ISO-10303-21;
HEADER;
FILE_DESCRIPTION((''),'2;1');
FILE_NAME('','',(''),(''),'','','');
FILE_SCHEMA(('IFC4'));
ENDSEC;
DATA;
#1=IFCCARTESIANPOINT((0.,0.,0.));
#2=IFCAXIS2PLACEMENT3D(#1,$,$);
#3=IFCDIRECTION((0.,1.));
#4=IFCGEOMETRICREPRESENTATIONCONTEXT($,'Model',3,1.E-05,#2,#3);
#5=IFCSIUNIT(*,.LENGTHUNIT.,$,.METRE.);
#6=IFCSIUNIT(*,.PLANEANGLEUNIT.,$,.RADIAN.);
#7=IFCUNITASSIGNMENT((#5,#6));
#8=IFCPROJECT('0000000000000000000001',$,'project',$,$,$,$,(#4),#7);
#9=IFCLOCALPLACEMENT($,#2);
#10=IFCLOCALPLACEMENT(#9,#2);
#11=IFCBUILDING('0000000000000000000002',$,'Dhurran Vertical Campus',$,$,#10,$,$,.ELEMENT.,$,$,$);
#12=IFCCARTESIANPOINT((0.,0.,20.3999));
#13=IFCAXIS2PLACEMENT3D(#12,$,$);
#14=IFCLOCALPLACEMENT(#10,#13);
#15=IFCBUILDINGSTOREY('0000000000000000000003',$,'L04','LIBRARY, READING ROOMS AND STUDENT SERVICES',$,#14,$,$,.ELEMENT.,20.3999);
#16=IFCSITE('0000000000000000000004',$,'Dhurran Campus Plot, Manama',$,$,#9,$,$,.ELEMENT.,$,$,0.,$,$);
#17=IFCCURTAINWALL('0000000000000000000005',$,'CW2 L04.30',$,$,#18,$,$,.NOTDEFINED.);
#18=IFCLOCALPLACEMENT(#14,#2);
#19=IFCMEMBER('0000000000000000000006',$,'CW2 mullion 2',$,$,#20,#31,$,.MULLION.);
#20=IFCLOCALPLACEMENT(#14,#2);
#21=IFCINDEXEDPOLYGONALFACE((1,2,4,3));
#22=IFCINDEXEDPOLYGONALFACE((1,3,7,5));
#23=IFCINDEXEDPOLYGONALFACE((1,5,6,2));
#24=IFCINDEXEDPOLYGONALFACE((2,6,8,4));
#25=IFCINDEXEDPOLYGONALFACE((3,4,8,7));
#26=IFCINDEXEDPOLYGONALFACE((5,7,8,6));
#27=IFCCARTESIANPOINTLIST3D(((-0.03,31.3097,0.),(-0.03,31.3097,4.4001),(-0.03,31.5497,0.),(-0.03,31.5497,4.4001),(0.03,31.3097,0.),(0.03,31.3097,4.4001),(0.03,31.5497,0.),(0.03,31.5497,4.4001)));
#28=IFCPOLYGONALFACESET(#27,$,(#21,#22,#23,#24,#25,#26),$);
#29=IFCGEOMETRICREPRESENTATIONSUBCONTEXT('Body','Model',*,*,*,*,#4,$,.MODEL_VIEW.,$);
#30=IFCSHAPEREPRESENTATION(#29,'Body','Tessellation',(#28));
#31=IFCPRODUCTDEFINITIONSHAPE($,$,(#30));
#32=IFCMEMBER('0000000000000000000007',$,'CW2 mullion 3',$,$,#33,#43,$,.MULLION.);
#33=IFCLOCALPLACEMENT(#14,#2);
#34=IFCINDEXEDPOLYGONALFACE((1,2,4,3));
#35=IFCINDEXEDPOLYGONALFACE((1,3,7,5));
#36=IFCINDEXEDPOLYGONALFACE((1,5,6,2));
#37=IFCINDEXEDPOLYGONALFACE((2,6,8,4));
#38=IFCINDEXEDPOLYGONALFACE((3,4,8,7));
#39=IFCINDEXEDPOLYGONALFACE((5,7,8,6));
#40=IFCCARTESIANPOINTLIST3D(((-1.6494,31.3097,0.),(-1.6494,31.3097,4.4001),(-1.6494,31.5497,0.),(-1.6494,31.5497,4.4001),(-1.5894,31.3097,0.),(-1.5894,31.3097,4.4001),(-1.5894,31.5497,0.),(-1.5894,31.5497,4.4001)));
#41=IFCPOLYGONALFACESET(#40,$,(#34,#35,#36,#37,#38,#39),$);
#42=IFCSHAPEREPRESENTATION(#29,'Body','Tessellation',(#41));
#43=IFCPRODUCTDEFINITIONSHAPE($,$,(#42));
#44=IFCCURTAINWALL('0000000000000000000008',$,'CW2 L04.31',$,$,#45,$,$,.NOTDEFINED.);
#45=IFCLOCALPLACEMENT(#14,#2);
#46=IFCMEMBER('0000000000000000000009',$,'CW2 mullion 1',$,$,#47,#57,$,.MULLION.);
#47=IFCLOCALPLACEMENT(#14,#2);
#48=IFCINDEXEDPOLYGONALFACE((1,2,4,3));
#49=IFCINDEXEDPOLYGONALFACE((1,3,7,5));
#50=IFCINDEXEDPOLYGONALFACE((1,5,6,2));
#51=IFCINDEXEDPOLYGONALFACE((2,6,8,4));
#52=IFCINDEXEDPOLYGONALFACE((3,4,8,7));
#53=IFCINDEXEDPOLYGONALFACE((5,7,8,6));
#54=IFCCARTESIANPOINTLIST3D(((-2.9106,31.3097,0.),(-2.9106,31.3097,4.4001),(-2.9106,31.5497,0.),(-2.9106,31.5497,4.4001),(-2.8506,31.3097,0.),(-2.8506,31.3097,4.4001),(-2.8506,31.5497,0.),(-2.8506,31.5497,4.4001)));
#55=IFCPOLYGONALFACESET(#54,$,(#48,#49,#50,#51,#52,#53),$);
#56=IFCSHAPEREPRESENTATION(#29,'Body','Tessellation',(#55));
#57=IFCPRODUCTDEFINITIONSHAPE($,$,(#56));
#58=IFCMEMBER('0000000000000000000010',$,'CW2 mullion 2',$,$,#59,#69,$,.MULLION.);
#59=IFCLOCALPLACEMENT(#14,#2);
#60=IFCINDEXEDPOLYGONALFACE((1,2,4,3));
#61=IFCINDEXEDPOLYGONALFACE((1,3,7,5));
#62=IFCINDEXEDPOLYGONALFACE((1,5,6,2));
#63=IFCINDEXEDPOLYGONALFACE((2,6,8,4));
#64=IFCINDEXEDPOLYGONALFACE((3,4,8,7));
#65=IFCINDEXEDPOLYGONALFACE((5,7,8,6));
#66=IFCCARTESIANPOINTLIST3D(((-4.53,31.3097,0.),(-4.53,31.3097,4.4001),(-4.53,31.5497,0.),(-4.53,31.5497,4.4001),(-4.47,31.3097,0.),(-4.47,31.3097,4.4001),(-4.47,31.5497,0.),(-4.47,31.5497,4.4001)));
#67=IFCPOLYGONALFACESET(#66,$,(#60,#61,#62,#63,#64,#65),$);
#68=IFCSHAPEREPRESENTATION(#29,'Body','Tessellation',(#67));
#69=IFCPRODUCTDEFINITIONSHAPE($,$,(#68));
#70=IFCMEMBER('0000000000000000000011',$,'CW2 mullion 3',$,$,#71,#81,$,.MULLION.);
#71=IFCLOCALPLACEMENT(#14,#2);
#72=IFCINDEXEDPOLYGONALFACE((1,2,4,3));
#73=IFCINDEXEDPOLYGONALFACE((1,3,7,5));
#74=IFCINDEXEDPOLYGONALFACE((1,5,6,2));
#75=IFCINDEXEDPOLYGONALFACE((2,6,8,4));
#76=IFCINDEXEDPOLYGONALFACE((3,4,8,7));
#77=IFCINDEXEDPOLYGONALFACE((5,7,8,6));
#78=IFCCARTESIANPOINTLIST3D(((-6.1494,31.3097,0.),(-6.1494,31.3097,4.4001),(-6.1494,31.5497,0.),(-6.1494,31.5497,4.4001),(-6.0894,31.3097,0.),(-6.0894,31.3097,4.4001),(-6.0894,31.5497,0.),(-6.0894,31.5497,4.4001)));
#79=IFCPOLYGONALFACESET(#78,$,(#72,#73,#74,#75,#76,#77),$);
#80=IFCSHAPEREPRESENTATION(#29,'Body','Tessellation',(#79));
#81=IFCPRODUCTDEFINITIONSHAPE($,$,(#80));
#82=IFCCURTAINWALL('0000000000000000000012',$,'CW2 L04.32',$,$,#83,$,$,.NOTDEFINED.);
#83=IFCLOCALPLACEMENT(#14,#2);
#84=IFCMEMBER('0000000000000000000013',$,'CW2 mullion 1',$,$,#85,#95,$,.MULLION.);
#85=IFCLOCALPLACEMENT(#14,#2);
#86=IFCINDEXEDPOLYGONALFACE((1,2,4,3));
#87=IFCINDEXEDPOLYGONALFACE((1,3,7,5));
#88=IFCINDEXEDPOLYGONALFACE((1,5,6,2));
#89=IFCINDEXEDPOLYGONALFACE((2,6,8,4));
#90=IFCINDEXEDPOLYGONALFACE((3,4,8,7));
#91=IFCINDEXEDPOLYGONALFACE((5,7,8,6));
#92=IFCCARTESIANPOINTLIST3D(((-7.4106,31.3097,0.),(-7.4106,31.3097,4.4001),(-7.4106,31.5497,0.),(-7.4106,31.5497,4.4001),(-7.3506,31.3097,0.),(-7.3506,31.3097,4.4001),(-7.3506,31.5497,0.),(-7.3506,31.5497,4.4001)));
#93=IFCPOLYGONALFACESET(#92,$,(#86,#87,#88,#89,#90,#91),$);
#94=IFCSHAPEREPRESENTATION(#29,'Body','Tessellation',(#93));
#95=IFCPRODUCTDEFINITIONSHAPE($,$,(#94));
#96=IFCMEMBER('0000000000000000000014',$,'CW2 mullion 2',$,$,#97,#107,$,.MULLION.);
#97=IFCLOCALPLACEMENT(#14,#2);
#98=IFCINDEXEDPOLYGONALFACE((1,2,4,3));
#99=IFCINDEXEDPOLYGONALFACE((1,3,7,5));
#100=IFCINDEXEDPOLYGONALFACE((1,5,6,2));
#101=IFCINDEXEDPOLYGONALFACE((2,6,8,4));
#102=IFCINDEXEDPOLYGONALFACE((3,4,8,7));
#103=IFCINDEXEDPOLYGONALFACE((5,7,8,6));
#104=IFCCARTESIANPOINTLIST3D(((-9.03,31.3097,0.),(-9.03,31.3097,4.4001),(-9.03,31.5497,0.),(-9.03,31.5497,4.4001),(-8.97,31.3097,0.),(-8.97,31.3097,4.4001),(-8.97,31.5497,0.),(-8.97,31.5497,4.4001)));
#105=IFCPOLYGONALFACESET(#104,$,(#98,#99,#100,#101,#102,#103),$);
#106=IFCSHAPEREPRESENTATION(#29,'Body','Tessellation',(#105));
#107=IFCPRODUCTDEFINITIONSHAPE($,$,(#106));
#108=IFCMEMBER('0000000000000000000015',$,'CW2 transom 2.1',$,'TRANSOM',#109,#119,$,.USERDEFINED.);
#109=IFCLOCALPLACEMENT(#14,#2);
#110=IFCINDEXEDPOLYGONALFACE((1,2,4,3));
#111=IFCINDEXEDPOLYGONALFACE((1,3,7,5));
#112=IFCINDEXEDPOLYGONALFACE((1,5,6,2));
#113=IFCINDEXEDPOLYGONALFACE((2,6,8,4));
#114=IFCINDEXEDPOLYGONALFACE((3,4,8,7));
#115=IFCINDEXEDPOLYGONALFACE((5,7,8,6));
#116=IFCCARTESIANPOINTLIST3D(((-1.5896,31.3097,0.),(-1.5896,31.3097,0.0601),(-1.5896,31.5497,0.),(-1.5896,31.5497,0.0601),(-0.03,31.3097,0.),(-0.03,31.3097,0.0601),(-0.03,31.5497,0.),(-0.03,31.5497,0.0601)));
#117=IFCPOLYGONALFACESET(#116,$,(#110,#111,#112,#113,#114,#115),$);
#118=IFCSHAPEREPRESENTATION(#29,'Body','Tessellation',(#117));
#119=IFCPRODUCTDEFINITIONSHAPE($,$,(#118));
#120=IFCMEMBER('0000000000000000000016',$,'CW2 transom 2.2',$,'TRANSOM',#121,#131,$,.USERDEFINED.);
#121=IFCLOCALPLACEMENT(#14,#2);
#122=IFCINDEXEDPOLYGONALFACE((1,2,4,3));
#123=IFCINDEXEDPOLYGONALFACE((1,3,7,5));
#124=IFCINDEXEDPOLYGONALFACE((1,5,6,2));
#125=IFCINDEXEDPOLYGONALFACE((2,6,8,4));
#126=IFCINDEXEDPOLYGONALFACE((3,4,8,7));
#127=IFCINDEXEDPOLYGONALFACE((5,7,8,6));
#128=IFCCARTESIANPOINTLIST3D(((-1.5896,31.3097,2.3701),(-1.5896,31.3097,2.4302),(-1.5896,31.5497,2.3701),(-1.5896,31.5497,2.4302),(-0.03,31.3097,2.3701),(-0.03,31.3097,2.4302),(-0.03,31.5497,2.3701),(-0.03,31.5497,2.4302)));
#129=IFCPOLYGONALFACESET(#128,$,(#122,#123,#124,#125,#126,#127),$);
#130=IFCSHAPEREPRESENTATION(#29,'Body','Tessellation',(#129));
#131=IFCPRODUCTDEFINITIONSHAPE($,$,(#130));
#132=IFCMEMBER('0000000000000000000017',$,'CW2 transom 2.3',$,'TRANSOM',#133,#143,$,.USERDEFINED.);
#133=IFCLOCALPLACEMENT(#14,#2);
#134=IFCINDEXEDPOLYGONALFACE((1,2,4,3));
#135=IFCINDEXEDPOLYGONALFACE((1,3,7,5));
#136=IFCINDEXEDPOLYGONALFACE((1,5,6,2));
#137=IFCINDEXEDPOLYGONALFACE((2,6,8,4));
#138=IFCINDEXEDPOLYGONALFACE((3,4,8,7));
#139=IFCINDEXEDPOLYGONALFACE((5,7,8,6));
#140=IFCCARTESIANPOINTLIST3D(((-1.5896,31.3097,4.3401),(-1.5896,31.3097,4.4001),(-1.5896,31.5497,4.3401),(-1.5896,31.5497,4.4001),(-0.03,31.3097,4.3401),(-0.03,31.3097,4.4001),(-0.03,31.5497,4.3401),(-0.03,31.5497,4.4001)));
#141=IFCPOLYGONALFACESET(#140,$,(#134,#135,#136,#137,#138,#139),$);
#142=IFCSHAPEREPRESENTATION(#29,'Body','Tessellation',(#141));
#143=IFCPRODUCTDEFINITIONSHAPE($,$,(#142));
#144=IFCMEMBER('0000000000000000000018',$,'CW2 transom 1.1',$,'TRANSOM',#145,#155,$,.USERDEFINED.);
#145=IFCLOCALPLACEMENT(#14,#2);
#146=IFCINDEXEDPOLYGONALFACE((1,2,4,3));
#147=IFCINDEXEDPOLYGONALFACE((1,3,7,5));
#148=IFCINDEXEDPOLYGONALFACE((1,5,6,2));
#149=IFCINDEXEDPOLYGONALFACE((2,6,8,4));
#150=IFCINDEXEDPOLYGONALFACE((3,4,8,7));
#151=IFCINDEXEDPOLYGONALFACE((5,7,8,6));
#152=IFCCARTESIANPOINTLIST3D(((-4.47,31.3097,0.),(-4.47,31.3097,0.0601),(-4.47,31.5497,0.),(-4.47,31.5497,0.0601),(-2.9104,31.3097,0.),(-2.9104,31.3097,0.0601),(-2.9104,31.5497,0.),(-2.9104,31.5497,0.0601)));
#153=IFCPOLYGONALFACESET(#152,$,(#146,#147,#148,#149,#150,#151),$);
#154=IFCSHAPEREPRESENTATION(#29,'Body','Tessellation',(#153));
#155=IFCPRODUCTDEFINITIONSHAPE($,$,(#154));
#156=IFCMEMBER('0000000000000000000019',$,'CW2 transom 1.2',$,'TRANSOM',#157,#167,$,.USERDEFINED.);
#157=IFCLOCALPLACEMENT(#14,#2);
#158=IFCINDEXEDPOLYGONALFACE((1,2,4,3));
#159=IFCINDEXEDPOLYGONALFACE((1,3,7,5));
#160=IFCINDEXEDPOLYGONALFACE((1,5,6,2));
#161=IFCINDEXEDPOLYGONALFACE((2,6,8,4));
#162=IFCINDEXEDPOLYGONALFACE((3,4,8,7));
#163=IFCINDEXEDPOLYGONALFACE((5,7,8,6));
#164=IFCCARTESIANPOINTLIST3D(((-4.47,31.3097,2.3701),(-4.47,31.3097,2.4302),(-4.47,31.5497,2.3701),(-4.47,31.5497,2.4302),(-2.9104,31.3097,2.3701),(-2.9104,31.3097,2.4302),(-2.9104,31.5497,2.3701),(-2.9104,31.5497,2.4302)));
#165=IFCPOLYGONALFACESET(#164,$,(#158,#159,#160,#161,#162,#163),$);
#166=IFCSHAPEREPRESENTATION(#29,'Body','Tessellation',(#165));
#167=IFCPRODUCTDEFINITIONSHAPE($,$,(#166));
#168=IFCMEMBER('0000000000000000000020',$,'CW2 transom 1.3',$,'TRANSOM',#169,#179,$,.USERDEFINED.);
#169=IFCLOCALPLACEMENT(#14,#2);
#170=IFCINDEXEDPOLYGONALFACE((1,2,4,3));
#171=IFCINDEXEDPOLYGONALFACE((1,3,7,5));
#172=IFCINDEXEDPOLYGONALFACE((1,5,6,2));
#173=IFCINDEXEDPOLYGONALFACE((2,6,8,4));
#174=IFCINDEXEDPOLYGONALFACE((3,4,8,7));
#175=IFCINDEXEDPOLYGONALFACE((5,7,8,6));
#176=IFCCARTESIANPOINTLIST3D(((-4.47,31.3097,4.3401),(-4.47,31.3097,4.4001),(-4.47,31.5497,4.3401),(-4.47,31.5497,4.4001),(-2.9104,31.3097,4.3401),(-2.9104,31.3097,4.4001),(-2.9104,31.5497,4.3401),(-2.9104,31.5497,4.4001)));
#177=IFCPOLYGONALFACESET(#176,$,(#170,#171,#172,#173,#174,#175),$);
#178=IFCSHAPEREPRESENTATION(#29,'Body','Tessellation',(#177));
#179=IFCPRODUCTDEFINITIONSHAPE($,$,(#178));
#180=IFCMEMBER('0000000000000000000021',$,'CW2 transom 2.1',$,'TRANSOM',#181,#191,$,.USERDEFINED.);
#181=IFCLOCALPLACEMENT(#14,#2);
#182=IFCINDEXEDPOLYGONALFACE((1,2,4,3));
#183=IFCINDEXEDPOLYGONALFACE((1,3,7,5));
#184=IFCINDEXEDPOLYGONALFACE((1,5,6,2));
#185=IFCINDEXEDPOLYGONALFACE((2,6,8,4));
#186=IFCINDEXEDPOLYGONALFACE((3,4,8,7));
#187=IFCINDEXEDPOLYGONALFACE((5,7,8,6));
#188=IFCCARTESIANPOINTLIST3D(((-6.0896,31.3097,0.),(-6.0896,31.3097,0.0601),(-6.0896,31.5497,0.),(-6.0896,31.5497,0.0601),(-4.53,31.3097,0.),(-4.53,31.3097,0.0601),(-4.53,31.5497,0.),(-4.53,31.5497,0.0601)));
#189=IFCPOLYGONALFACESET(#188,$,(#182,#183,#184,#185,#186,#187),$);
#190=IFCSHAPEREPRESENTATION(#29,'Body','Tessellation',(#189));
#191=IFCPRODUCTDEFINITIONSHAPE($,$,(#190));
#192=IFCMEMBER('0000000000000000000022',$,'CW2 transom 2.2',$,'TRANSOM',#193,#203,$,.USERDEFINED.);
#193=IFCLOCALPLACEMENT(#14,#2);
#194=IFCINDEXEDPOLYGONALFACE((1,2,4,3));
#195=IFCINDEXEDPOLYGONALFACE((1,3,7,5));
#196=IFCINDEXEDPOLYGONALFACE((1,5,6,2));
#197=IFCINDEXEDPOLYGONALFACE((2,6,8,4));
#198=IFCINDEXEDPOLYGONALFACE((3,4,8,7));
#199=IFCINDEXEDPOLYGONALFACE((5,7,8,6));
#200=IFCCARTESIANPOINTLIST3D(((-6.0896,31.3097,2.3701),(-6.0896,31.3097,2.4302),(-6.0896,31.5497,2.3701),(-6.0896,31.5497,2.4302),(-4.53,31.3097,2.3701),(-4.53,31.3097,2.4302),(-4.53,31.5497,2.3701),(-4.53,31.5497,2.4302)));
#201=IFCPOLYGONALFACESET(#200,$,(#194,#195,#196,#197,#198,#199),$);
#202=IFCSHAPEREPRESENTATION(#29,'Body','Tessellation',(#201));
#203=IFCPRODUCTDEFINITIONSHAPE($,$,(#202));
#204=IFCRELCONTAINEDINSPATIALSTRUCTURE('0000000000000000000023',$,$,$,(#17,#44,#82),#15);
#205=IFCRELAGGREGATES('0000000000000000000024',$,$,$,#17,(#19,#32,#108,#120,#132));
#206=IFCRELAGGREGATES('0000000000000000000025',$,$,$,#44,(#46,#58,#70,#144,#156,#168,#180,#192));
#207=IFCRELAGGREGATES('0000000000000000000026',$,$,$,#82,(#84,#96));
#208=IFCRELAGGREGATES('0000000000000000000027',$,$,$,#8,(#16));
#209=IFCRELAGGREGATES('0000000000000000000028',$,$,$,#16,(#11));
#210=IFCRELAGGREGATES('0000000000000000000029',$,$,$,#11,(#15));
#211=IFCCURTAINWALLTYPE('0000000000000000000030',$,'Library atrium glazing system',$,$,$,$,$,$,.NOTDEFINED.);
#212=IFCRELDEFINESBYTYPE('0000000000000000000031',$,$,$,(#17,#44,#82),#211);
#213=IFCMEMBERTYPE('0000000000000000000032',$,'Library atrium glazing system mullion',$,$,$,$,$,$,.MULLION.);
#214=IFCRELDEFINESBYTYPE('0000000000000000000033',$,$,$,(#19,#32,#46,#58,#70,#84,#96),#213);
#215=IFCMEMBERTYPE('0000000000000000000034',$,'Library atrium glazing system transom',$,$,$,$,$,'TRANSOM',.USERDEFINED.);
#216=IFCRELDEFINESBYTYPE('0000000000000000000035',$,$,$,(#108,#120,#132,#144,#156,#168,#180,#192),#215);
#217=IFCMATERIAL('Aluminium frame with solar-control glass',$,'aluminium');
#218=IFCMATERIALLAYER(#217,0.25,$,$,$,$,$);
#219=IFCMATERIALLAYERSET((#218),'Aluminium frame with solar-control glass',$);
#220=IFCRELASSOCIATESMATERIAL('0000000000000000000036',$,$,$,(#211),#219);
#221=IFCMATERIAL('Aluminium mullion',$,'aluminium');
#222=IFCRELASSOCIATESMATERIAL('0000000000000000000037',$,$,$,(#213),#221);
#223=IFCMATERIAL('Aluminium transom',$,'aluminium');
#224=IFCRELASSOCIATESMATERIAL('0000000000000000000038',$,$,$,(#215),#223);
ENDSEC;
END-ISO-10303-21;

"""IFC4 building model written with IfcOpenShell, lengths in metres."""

from ifc_helpers import new_model, si_unit, direction, frame, origin, origin_2d, place, context, subcontext, project, spatial, rectangle, extrude, material, layer, layer_set, material_profile, profile_set, type_object, element, aggregate, save


model = new_model("IFC4")

# Units and contexts
model_context = context("Model", 3, precision=1e-05, world=origin(), true_north=direction((0.0, 1.0)))
body_context = subcontext(model_context, "Body", "Model", "MODEL_VIEW")
ifc_project = project(units=[si_unit("LENGTHUNIT", "METRE"), si_unit("PLANEANGLEUNIT", "RADIAN")], contexts=[model_context])

# Site, building, storey
site_placement = place(None, origin())
site = spatial("IfcSite", under=ifc_project, at=site_placement, Name="Dhurran Campus Plot, Manama", CompositionType="ELEMENT", RefElevation=0.0)
building_placement = place(site_placement, origin())
building = spatial("IfcBuilding", under=site, at=building_placement, Name="Dhurran Vertical Campus", CompositionType="ELEMENT")
storey_placement = place(building_placement, frame((0.0, 0.0, 20.3999)))
storey = spatial("IfcBuildingStorey", under=building, at=storey_placement, Name="L04", Description="LIBRARY, READING ROOMS AND STUDENT SERVICES", CompositionType="ELEMENT", Elevation=20.3999)

# Curtain walls, members
ifc_material_1 = material(Name="Aluminium frame with solar-control glass", Category="aluminium")
ifc_layer_1 = layer(ifc_material_1, 0.25)
ifc_layer_set_1 = layer_set([ifc_layer_1], Name="Aluminium frame with solar-control glass")
curtain_wall_type = type_object("IfcCurtainWallType", Name="Library atrium glazing system", PredefinedType="NOTDEFINED", material=ifc_layer_set_1)
curtain_wall_1_placement = place(storey_placement, origin())
curtain_wall_1 = element("IfcCurtainWall", 1, at=curtain_wall_1_placement, inside=storey, type_object=curtain_wall_type, Name="CW2 L04.30", PredefinedType="NOTDEFINED")
ifc_material_2 = material(Name="Aluminium mullion", Category="aluminium")
ifc_material_profile_1 = material_profile(ifc_material_2, rectangle(XDim=0.24, YDim=0.0601, at=origin_2d()), Name="Library atrium glazing system mullion")
ifc_profile_set_1 = profile_set([ifc_material_profile_1], Name="Aluminium mullion")
member_type_1 = type_object("IfcMemberType", Name="Library atrium glazing system mullion", PredefinedType="MULLION", material=ifc_profile_set_1)
member_1_placement = place(storey_placement, frame((0.0, 31.4297, 0.0), z_axis=(0.0, 0.0, 1.0), x_axis=(0.0, -1.0, 0.0)))
member_1 = element("IfcMember", 2, at=member_1_placement, type_object=member_type_1, Name="CW2 mullion 2", PredefinedType="MULLION", context=body_context, shape_type="SweptSolid", body=[
    extrude(rectangle(XDim=0.24, YDim=0.0601, at=origin_2d()), origin(), (0.0, 0.0, 1.0), 4.4001),
])
member_2_placement = place(storey_placement, frame((-1.6194, 31.4297, 0.0), z_axis=(0.0, 0.0, 1.0), x_axis=(0.0, -1.0, 0.0)))
member_2 = element("IfcMember", 3, at=member_2_placement, type_object=member_type_1, Name="CW2 mullion 3", PredefinedType="MULLION", context=body_context, shape_type="SweptSolid", body=[
    extrude(rectangle(XDim=0.24, YDim=0.0601, at=origin_2d()), origin(), (0.0, 0.0, 1.0), 4.4001),
])
curtain_wall_2_placement = place(storey_placement, origin())
curtain_wall_2 = element("IfcCurtainWall", 4, at=curtain_wall_2_placement, inside=storey, type_object=curtain_wall_type, Name="CW2 L04.31", PredefinedType="NOTDEFINED")
member_3_placement = place(storey_placement, frame((-2.8806, 31.4297, 0.0), z_axis=(0.0, 0.0, 1.0), x_axis=(0.0, -1.0, 0.0)))
member_3 = element("IfcMember", 5, at=member_3_placement, type_object=member_type_1, Name="CW2 mullion 1", PredefinedType="MULLION", context=body_context, shape_type="SweptSolid", body=[
    extrude(rectangle(XDim=0.24, YDim=0.0601, at=origin_2d()), origin(), (0.0, 0.0, 1.0), 4.4001),
])
member_4_placement = place(storey_placement, frame((-4.5, 31.4297, 0.0), z_axis=(0.0, 0.0, 1.0), x_axis=(0.0, -1.0, 0.0)))
member_4 = element("IfcMember", 6, at=member_4_placement, type_object=member_type_1, Name="CW2 mullion 2", PredefinedType="MULLION", context=body_context, shape_type="SweptSolid", body=[
    extrude(rectangle(XDim=0.24, YDim=0.0601, at=origin_2d()), origin(), (0.0, 0.0, 1.0), 4.4001),
])
member_5_placement = place(storey_placement, frame((-6.1194, 31.4297, 0.0), z_axis=(0.0, 0.0, 1.0), x_axis=(0.0, -1.0, 0.0)))
member_5 = element("IfcMember", 7, at=member_5_placement, type_object=member_type_1, Name="CW2 mullion 3", PredefinedType="MULLION", context=body_context, shape_type="SweptSolid", body=[
    extrude(rectangle(XDim=0.24, YDim=0.0601, at=origin_2d()), origin(), (0.0, 0.0, 1.0), 4.4001),
])
curtain_wall_3_placement = place(storey_placement, origin())
curtain_wall_3 = element("IfcCurtainWall", 8, at=curtain_wall_3_placement, inside=storey, type_object=curtain_wall_type, Name="CW2 L04.32", PredefinedType="NOTDEFINED")
member_6_placement = place(storey_placement, frame((-7.3806, 31.4297, 0.0), z_axis=(0.0, 0.0, 1.0), x_axis=(0.0, -1.0, 0.0)))
member_6 = element("IfcMember", 9, at=member_6_placement, type_object=member_type_1, Name="CW2 mullion 1", PredefinedType="MULLION", context=body_context, shape_type="SweptSolid", body=[
    extrude(rectangle(XDim=0.24, YDim=0.0601, at=origin_2d()), origin(), (0.0, 0.0, 1.0), 4.4001),
])
member_7_placement = place(storey_placement, frame((-9.0, 31.4297, 0.0), z_axis=(0.0, 0.0, 1.0), x_axis=(0.0, -1.0, 0.0)))
member_7 = element("IfcMember", 10, at=member_7_placement, type_object=member_type_1, Name="CW2 mullion 2", PredefinedType="MULLION", context=body_context, shape_type="SweptSolid", body=[
    extrude(rectangle(XDim=0.24, YDim=0.0601, at=origin_2d()), origin(), (0.0, 0.0, 1.0), 4.4001),
])

# Members
ifc_material_3 = material(Name="Aluminium transom", Category="aluminium")
ifc_material_profile_2 = material_profile(ifc_material_3, rectangle(XDim=0.24, YDim=0.0601, at=origin_2d()), Name="Library atrium glazing system transom")
ifc_profile_set_2 = profile_set([ifc_material_profile_2], Name="Aluminium transom")
member_type_2 = type_object("IfcMemberType", Name="Library atrium glazing system transom", ElementType="TRANSOM", PredefinedType="USERDEFINED", material=ifc_profile_set_2)
member_8_placement = place(storey_placement, frame((-0.03, 31.4297, 0.03), z_axis=(-1.0, 0.0, 0.0), x_axis=(0.0, -1.0, 0.0)))
member_8 = element("IfcMember", 11, at=member_8_placement, type_object=member_type_2, Name="CW2 transom 2.1", ObjectType="TRANSOM", PredefinedType="USERDEFINED", context=body_context, shape_type="SweptSolid", body=[
    extrude(rectangle(XDim=0.24, YDim=0.0601, at=origin_2d()), origin(), (0.0, 0.0, 1.0), 1.5596),
])
member_9_placement = place(storey_placement, frame((-0.03, 31.4297, 2.4001), z_axis=(-1.0, 0.0, 0.0), x_axis=(0.0, -1.0, 0.0)))
member_9 = element("IfcMember", 12, at=member_9_placement, type_object=member_type_2, Name="CW2 transom 2.2", ObjectType="TRANSOM", PredefinedType="USERDEFINED", context=body_context, shape_type="SweptSolid", body=[
    extrude(rectangle(XDim=0.24, YDim=0.0601, at=origin_2d()), origin(), (0.0, 0.0, 1.0), 1.5596),
])
member_10_placement = place(storey_placement, frame((-0.03, 31.4297, 4.3701), z_axis=(-1.0, 0.0, 0.0), x_axis=(0.0, -1.0, 0.0)))
member_10 = element("IfcMember", 13, at=member_10_placement, type_object=member_type_2, Name="CW2 transom 2.3", ObjectType="TRANSOM", PredefinedType="USERDEFINED", context=body_context, shape_type="SweptSolid", body=[
    extrude(rectangle(XDim=0.24, YDim=0.0601, at=origin_2d()), origin(), (0.0, 0.0, 1.0), 1.5596),
])
member_11_placement = place(storey_placement, frame((-2.9104, 31.4297, 0.03), z_axis=(-1.0, 0.0, 0.0), x_axis=(0.0, -1.0, 0.0)))
member_11 = element("IfcMember", 14, at=member_11_placement, type_object=member_type_2, Name="CW2 transom 1.1", ObjectType="TRANSOM", PredefinedType="USERDEFINED", context=body_context, shape_type="SweptSolid", body=[
    extrude(rectangle(XDim=0.24, YDim=0.0601, at=origin_2d()), origin(), (0.0, 0.0, 1.0), 1.5596),
])
member_12_placement = place(storey_placement, frame((-2.9104, 31.4297, 2.4001), z_axis=(-1.0, 0.0, 0.0), x_axis=(0.0, -1.0, 0.0)))
member_12 = element("IfcMember", 15, at=member_12_placement, type_object=member_type_2, Name="CW2 transom 1.2", ObjectType="TRANSOM", PredefinedType="USERDEFINED", context=body_context, shape_type="SweptSolid", body=[
    extrude(rectangle(XDim=0.24, YDim=0.0601, at=origin_2d()), origin(), (0.0, 0.0, 1.0), 1.5596),
])
member_13_placement = place(storey_placement, frame((-2.9104, 31.4297, 4.3701), z_axis=(-1.0, 0.0, 0.0), x_axis=(0.0, -1.0, 0.0)))
member_13 = element("IfcMember", 16, at=member_13_placement, type_object=member_type_2, Name="CW2 transom 1.3", ObjectType="TRANSOM", PredefinedType="USERDEFINED", context=body_context, shape_type="SweptSolid", body=[
    extrude(rectangle(XDim=0.24, YDim=0.0601, at=origin_2d()), origin(), (0.0, 0.0, 1.0), 1.5596),
])
member_14_placement = place(storey_placement, frame((-4.53, 31.4297, 0.03), z_axis=(-1.0, 0.0, 0.0), x_axis=(0.0, -1.0, 0.0)))
member_14 = element("IfcMember", 17, at=member_14_placement, type_object=member_type_2, Name="CW2 transom 2.1", ObjectType="TRANSOM", PredefinedType="USERDEFINED", context=body_context, shape_type="SweptSolid", body=[
    extrude(rectangle(XDim=0.24, YDim=0.0601, at=origin_2d()), origin(), (0.0, 0.0, 1.0), 1.5596),
])
member_15_placement = place(storey_placement, frame((-4.53, 31.4297, 2.4001), z_axis=(-1.0, 0.0, 0.0), x_axis=(0.0, -1.0, 0.0)))
member_15 = element("IfcMember", 18, at=member_15_placement, type_object=member_type_2, Name="CW2 transom 2.2", ObjectType="TRANSOM", PredefinedType="USERDEFINED", context=body_context, shape_type="SweptSolid", body=[
    extrude(rectangle(XDim=0.24, YDim=0.0601, at=origin_2d()), origin(), (0.0, 0.0, 1.0), 1.5596),
])

aggregate(curtain_wall_1, [member_1, member_2, member_8, member_9, member_10])
aggregate(curtain_wall_2, [member_3, member_4, member_5, member_11, member_12, member_13, member_14, member_15])
aggregate(curtain_wall_3, [member_6, member_7])

save(model, "model.ifc")
